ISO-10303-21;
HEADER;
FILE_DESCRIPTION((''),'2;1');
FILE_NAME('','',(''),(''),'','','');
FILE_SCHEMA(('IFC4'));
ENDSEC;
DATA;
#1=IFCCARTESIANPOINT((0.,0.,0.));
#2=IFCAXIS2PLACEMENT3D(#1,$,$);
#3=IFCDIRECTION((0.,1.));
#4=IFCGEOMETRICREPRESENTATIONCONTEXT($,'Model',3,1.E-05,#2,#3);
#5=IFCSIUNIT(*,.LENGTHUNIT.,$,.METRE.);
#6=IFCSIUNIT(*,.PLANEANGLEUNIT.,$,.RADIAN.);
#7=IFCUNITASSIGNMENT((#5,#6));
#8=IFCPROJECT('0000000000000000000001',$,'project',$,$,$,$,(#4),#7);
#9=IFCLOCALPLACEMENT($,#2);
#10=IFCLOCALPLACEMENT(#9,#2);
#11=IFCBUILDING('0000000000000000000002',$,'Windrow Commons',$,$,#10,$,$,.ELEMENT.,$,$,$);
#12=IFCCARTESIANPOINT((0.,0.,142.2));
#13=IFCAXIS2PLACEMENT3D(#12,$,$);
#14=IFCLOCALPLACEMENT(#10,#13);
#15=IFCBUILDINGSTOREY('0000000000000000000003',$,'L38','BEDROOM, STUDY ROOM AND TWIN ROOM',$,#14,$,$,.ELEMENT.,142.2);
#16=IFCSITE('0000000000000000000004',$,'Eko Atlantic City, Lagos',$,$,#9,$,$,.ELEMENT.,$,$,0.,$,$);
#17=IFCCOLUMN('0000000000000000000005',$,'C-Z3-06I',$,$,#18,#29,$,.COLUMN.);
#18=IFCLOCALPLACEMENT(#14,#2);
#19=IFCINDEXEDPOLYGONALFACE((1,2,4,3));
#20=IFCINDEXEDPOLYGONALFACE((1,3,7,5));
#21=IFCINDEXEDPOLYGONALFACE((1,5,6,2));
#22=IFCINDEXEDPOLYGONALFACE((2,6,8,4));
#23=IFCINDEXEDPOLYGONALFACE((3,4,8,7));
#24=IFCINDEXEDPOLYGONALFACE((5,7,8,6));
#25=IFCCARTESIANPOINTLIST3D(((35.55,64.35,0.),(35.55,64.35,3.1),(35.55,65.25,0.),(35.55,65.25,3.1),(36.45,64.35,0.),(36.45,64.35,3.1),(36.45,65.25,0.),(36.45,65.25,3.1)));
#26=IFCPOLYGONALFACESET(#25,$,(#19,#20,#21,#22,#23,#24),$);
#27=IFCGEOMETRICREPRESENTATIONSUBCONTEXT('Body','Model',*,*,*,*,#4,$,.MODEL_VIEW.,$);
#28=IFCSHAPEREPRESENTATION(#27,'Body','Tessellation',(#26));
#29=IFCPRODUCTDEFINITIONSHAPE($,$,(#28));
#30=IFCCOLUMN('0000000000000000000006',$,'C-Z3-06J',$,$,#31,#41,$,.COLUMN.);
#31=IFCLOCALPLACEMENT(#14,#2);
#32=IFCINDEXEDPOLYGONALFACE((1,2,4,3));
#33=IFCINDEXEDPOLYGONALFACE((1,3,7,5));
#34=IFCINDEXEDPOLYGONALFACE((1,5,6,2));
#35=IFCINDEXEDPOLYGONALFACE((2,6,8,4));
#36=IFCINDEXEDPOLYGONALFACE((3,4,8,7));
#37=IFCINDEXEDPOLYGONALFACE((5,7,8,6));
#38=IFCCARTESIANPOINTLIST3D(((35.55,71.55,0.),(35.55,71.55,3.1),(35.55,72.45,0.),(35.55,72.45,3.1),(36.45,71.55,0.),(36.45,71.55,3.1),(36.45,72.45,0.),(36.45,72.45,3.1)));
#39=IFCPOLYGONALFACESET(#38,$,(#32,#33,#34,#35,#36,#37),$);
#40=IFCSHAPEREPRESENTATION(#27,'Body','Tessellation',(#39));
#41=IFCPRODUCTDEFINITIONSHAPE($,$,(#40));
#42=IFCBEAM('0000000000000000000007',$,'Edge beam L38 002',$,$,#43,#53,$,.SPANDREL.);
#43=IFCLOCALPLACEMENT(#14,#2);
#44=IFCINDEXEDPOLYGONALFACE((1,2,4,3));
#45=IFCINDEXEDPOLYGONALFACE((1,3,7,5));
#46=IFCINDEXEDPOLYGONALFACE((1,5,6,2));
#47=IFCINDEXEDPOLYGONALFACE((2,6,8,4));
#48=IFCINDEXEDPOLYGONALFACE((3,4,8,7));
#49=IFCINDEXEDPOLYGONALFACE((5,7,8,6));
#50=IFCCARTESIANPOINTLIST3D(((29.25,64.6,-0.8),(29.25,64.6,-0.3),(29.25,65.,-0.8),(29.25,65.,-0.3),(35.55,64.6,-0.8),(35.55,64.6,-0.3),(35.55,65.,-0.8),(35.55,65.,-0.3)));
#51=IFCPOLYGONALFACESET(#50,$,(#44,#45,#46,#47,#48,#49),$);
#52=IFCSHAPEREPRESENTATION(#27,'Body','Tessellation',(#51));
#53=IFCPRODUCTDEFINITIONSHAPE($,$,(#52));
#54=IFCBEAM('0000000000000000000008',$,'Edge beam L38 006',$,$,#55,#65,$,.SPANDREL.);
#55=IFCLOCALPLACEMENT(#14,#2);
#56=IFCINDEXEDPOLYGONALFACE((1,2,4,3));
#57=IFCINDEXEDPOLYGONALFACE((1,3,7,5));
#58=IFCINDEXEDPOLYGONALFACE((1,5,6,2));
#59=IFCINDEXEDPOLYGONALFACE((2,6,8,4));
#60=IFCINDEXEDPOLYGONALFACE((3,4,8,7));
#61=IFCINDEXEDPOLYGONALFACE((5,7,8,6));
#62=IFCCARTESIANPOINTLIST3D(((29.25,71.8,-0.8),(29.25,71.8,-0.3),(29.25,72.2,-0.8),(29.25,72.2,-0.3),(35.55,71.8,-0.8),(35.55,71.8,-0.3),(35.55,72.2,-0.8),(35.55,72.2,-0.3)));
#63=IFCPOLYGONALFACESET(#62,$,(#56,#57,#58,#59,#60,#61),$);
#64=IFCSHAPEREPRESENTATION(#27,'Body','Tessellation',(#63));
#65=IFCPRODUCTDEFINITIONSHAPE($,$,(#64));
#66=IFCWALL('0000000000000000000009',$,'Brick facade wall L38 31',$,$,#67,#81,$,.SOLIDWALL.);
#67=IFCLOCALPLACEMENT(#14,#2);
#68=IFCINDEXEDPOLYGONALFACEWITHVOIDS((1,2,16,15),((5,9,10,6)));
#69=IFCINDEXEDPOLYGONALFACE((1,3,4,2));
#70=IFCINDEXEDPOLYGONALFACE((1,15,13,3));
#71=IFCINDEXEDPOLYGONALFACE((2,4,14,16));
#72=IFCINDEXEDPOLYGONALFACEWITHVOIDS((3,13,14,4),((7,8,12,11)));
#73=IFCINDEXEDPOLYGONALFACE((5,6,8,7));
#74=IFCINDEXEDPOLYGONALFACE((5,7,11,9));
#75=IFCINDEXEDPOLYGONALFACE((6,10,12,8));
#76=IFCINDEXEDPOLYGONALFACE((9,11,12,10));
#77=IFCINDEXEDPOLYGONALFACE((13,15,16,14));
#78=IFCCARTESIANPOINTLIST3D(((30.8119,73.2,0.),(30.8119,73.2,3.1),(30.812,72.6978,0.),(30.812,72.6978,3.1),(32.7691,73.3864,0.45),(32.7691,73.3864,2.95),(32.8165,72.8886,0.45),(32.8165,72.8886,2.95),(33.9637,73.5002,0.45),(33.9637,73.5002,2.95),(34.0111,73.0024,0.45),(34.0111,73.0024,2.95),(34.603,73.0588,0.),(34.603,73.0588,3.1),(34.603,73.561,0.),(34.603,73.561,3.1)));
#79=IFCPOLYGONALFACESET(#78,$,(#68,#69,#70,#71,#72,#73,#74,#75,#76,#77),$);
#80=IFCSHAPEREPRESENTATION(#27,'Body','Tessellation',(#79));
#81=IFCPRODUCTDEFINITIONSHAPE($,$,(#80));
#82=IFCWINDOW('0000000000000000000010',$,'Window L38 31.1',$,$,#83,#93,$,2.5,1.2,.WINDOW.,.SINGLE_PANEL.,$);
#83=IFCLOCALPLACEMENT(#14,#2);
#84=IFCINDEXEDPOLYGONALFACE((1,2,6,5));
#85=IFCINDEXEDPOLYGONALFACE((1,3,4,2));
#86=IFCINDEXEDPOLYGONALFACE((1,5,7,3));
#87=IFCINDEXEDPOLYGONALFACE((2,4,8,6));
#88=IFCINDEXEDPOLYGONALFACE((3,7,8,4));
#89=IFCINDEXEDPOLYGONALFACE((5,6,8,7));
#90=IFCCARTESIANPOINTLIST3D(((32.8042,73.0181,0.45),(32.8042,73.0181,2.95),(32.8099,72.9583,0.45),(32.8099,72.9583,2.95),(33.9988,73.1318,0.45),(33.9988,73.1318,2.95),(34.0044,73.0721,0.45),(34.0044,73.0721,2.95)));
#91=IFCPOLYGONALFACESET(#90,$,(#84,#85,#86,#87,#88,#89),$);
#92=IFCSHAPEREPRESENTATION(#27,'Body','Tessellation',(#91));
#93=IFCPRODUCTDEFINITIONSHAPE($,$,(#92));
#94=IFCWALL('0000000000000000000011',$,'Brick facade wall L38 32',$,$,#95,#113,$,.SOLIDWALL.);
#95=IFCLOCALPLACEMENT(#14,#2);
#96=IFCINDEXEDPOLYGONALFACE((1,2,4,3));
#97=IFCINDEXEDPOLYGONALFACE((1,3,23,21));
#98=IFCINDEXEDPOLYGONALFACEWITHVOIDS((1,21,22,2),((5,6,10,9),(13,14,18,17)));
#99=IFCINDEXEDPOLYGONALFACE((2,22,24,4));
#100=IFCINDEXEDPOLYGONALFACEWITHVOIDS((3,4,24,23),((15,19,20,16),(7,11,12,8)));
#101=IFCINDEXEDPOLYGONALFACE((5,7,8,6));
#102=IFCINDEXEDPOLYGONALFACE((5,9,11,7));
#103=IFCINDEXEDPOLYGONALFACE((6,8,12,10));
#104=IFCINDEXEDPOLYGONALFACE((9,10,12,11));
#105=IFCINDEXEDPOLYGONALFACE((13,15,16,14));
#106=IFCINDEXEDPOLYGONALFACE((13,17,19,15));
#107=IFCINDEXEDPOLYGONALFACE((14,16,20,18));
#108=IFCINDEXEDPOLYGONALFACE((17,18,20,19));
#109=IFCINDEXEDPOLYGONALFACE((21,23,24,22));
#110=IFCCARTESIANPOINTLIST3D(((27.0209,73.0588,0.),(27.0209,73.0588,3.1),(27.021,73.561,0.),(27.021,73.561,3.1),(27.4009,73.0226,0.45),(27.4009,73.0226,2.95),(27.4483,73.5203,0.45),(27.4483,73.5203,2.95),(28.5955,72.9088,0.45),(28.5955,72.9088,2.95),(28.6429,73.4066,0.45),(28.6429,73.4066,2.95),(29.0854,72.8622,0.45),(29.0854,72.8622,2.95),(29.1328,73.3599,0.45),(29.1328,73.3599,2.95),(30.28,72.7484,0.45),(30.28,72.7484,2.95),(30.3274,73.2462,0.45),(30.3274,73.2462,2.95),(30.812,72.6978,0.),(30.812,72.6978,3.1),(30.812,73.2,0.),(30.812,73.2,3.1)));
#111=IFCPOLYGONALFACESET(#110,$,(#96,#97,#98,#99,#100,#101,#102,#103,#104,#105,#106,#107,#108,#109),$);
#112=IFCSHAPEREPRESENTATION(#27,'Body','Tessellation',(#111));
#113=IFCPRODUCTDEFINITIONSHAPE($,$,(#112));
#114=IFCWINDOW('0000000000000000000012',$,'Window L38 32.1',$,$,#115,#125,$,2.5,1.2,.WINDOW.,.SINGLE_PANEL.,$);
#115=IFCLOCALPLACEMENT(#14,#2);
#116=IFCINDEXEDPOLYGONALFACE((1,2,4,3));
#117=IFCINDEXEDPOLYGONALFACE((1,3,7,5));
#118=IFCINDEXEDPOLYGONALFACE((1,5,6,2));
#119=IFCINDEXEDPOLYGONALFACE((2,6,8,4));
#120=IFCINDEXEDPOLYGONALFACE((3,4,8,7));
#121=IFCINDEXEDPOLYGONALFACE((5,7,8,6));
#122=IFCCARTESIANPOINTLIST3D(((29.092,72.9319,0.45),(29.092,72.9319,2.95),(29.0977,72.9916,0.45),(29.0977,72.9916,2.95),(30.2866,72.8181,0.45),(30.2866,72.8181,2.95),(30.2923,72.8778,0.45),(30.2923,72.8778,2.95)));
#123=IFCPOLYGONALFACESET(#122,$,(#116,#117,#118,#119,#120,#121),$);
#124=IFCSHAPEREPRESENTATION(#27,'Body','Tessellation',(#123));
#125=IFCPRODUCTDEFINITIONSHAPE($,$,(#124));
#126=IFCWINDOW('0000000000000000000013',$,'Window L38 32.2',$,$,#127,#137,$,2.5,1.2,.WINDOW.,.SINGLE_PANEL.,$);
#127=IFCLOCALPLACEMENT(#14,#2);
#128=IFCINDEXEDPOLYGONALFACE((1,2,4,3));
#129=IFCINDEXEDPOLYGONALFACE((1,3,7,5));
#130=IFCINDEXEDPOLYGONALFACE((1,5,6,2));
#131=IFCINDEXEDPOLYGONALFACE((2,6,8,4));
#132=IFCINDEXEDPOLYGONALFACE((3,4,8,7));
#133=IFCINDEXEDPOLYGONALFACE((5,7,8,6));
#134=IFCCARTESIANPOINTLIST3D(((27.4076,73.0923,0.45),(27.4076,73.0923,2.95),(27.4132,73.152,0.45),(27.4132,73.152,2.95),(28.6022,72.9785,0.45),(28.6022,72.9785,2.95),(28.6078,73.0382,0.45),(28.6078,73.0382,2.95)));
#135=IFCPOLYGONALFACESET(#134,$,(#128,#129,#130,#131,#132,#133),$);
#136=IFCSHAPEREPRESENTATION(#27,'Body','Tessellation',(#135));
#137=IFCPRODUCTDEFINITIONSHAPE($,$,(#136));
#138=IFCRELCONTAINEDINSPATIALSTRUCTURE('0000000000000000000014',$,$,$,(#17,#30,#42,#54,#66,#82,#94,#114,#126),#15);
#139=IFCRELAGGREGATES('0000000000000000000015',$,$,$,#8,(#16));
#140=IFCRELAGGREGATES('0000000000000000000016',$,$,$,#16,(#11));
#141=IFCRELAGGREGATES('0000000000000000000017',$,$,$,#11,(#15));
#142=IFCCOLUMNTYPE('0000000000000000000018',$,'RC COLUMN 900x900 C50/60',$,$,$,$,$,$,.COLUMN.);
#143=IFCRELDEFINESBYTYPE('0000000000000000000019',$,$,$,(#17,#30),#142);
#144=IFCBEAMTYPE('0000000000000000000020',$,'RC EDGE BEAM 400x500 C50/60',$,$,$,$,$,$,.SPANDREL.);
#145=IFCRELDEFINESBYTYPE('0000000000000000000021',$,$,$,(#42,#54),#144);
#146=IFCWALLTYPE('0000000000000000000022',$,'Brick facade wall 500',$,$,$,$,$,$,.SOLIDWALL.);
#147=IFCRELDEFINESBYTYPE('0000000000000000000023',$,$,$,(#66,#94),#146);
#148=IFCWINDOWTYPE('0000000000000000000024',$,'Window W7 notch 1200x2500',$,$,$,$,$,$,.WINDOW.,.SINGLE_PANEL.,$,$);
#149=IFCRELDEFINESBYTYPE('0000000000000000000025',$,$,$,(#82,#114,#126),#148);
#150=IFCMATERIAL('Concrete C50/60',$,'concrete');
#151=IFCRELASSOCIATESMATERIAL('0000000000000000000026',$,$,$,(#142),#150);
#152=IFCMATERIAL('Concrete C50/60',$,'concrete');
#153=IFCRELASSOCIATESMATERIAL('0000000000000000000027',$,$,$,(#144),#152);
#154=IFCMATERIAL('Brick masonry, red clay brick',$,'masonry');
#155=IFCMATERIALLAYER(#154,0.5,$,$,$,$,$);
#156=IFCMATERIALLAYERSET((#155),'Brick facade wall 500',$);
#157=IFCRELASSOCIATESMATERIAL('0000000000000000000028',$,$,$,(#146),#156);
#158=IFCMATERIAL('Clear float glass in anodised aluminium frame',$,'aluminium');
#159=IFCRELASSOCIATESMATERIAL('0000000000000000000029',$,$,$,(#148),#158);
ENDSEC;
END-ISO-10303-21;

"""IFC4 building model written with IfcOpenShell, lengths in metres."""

from ifc_helpers import new_model, si_unit, direction, frame, frame_2d, origin, origin_2d, place, context, subcontext, project, spatial, polyline, rectangle, outline, extrude, material, layer, layer_set, material_profile, profile_set, type_object, element, fill, save


model = new_model("IFC4")

# Units and contexts
model_context = context("Model", 3, precision=1e-05, world=origin(), true_north=direction((0.0, 1.0)))
body_context = subcontext(model_context, "Body", "Model", "MODEL_VIEW")
ifc_project = project(units=[si_unit("LENGTHUNIT", "METRE"), si_unit("PLANEANGLEUNIT", "RADIAN")], contexts=[model_context])

# Site, building, storey
site_placement = place(None, origin())
site = spatial("IfcSite", under=ifc_project, at=site_placement, Name="Eko Atlantic City, Lagos", CompositionType="ELEMENT", RefElevation=0.0)
building_placement = place(site_placement, origin())
building = spatial("IfcBuilding", under=site, at=building_placement, Name="Windrow Commons", CompositionType="ELEMENT")
storey_placement = place(building_placement, frame((0.0, 0.0, 142.2)))
storey = spatial("IfcBuildingStorey", under=building, at=storey_placement, Name="L38", Description="BEDROOM, STUDY ROOM AND TWIN ROOM", CompositionType="ELEMENT", Elevation=142.2)

# Columns
ifc_material_1 = material(Name="Concrete C50/60", Category="concrete")
ifc_material_profile_1 = material_profile(ifc_material_1, rectangle(XDim=0.9, YDim=0.9, at=origin_2d()))
ifc_profile_set_1 = profile_set([ifc_material_profile_1], Name="Concrete C50/60")
column_type = type_object("IfcColumnType", Name="RC COLUMN 900x900 C50/60", PredefinedType="COLUMN", material=ifc_profile_set_1)
for number, where, z_axis, x_axis, name in (
    (1, (36.0, 64.8, 0.0), (0.0, 0.0, 1.0), (1.0, 0.0, 0.0), "C-Z3-06I"),
    (2, (36.0, 72.0, 0.0), (0.0, 0.0, 1.0), (1.0, 0.0, 0.0), "C-Z3-06J"),
):
    element("IfcColumn", number, at=place(storey_placement, frame(where, z_axis=z_axis, x_axis=x_axis)), inside=storey, type_object=column_type, Name=name, PredefinedType="COLUMN", context=body_context, shape_type="SweptSolid", body=[
        extrude(rectangle(XDim=0.9, YDim=0.9, at=origin_2d()), origin(), (0.0, 0.0, 1.0), 3.1),
    ])

# Beams
ifc_material_2 = material(Name="Concrete C50/60", Category="concrete")
ifc_material_profile_2 = material_profile(ifc_material_2, rectangle(XDim=0.4, YDim=0.5, at=origin_2d()))
ifc_profile_set_2 = profile_set([ifc_material_profile_2], Name="Concrete C50/60")
beam_type = type_object("IfcBeamType", Name="RC EDGE BEAM 400x500 C50/60", PredefinedType="SPANDREL", material=ifc_profile_set_2)
for number, where, z_axis, x_axis, name in (
    (3, (35.55, 64.8, -0.55), (-1.0, 0.0, 0.0), (0.0, -1.0, 0.0), "Edge beam L38 002"),
    (4, (29.25, 72.0, -0.55), (1.0, 0.0, 0.0), (0.0, 1.0, 0.0), "Edge beam L38 006"),
):
    element("IfcBeam", number, at=place(storey_placement, frame(where, z_axis=z_axis, x_axis=x_axis)), inside=storey, type_object=beam_type, Name=name, PredefinedType="SPANDREL", context=body_context, shape_type="SweptSolid", body=[
        extrude(rectangle(XDim=0.4, YDim=0.5, at=origin_2d()), origin(), (0.0, 0.0, 1.0), 6.3),
    ])

# Wall, opening, window
ifc_material_3 = material(Name="Brick masonry, red clay brick", Category="masonry")
ifc_layer_1 = layer(ifc_material_3, 0.5)
ifc_layer_set_1 = layer_set([ifc_layer_1], Name="Brick facade wall 500")
wall_type_1 = type_object("IfcWallType", Name="Brick facade wall 500", PredefinedType="SOLIDWALL", material=ifc_layer_set_1)
wall_1_placement = place(storey_placement, frame((34.603, 73.3099, 0.0), z_axis=(0.0, 0.0, 1.0), x_axis=(-0.995497, -0.094797, 0.0)))
wall_1 = element("IfcWall", 5, at=wall_1_placement, inside=storey, type_object=wall_type_1, Name="Brick facade wall L38 31", PredefinedType="SOLIDWALL", context=body_context, shape_type="SweptSolid", body=[
    extrude(outline(polyline([(-0.0238, -0.25), (3.7844, -0.25), (3.832, 0.25), (0.0238, 0.25), (-0.0238, -0.25)])), origin(), (0.0, 0.0, 1.0), 3.1),
])
opening_1_placement = place(wall_1_placement, frame((0.6184, 0.0, 0.45)))
opening_1 = element("IfcOpeningElement", 6, at=opening_1_placement, cuts=wall_1, PredefinedType="OPENING", context=body_context, shape_type="SweptSolid", body=[
    extrude(rectangle(XDim=1.2, YDim=2.5, at=frame_2d((0.6, 1.25))), frame((0.0, 0.26, 0.0), z_axis=(0.0, -1.0, 0.0), x_axis=(1.0, 0.0, 0.0)), (0.0, 0.0, 1.0), 0.52),
])
ifc_material_4 = material(Name="Clear float glass in anodised aluminium frame", Category="aluminium")
window_type_1 = type_object("IfcWindowType", Name="Window W7 notch 1200x2500", PartitioningType="SINGLE_PANEL", PredefinedType="WINDOW", material=ifc_material_4)
window_1_placement = place(opening_1_placement, origin())
window_1 = element("IfcWindow", 7, at=window_1_placement, inside=storey, type_object=window_type_1, Name="Window L38 31.1", OverallHeight=2.5, OverallWidth=1.2, PartitioningType="SINGLE_PANEL", PredefinedType="WINDOW", context=body_context, shape_type="SweptSolid", body=[
    extrude(rectangle(XDim=1.2, YDim=2.5, at=frame_2d((0.6, 1.25))), frame((0.0, 0.18, 0.0), z_axis=(0.0, -1.0, 0.0), x_axis=(1.0, 0.0, 0.0)), (0.0, 0.0, 1.0), 0.06),
])
fill(opening_1, window_1)

# Wall, openings, windows
wall_2_placement = place(storey_placement, frame((30.812, 72.9489, 0.0), z_axis=(0.0, 0.0, 1.0), x_axis=(-0.995497, 0.094797, 0.0)))
wall_2 = element("IfcWall", 8, at=wall_2_placement, inside=storey, type_object=wall_type_1, Name="Brick facade wall L38 32", PredefinedType="SOLIDWALL", context=body_context, shape_type="SweptSolid", body=[
    extrude(outline(polyline([(0.0238, -0.25), (3.832, -0.25), (3.7844, 0.25), (-0.0238, 0.25), (0.0238, -0.25)])), origin(), (0.0, 0.0, 1.0), 3.1),
])
opening_2_placement = place(wall_2_placement, frame((0.5106, 0.0, 0.45)))
opening_2 = element("IfcOpeningElement", 9, at=opening_2_placement, cuts=wall_2, PredefinedType="OPENING", context=body_context, shape_type="SweptSolid", body=[
    extrude(rectangle(XDim=1.2, YDim=2.5, at=frame_2d((0.6, 1.25))), frame((0.0, 0.26, 0.0), z_axis=(0.0, -1.0, 0.0), x_axis=(1.0, 0.0, 0.0)), (0.0, 0.0, 1.0), 0.52),
])
opening_3_placement = place(wall_2_placement, frame((2.2027, 0.0, 0.45)))
opening_3 = element("IfcOpeningElement", 10, at=opening_3_placement, cuts=wall_2, PredefinedType="OPENING", context=body_context, shape_type="SweptSolid", body=[
    extrude(rectangle(XDim=1.2, YDim=2.5, at=frame_2d((0.6, 1.25))), frame((0.0, 0.26, 0.0), z_axis=(0.0, -1.0, 0.0), x_axis=(1.0, 0.0, 0.0)), (0.0, 0.0, 1.0), 0.52),
])
window_2_placement = place(opening_2_placement, origin())
window_2 = element("IfcWindow", 11, at=window_2_placement, inside=storey, type_object=window_type_1, Name="Window L38 32.1", OverallHeight=2.5, OverallWidth=1.2, PartitioningType="SINGLE_PANEL", PredefinedType="WINDOW", context=body_context, shape_type="SweptSolid", body=[
    extrude(rectangle(XDim=1.2, YDim=2.5, at=frame_2d((0.6, 1.25))), frame((0.0, 0.18, 0.0), z_axis=(0.0, -1.0, 0.0), x_axis=(1.0, 0.0, 0.0)), (0.0, 0.0, 1.0), 0.06),
])
fill(opening_2, window_2)
window_3_placement = place(opening_3_placement, origin())
window_3 = element("IfcWindow", 12, at=window_3_placement, inside=storey, type_object=window_type_1, Name="Window L38 32.2", OverallHeight=2.5, OverallWidth=1.2, PartitioningType="SINGLE_PANEL", PredefinedType="WINDOW", context=body_context, shape_type="SweptSolid", body=[
    extrude(rectangle(XDim=1.2, YDim=2.5, at=frame_2d((0.6, 1.25))), frame((0.0, 0.18, 0.0), z_axis=(0.0, -1.0, 0.0), x_axis=(1.0, 0.0, 0.0)), (0.0, 0.0, 1.0), 0.06),
])
fill(opening_3, window_3)

save(model, "model.ifc")
